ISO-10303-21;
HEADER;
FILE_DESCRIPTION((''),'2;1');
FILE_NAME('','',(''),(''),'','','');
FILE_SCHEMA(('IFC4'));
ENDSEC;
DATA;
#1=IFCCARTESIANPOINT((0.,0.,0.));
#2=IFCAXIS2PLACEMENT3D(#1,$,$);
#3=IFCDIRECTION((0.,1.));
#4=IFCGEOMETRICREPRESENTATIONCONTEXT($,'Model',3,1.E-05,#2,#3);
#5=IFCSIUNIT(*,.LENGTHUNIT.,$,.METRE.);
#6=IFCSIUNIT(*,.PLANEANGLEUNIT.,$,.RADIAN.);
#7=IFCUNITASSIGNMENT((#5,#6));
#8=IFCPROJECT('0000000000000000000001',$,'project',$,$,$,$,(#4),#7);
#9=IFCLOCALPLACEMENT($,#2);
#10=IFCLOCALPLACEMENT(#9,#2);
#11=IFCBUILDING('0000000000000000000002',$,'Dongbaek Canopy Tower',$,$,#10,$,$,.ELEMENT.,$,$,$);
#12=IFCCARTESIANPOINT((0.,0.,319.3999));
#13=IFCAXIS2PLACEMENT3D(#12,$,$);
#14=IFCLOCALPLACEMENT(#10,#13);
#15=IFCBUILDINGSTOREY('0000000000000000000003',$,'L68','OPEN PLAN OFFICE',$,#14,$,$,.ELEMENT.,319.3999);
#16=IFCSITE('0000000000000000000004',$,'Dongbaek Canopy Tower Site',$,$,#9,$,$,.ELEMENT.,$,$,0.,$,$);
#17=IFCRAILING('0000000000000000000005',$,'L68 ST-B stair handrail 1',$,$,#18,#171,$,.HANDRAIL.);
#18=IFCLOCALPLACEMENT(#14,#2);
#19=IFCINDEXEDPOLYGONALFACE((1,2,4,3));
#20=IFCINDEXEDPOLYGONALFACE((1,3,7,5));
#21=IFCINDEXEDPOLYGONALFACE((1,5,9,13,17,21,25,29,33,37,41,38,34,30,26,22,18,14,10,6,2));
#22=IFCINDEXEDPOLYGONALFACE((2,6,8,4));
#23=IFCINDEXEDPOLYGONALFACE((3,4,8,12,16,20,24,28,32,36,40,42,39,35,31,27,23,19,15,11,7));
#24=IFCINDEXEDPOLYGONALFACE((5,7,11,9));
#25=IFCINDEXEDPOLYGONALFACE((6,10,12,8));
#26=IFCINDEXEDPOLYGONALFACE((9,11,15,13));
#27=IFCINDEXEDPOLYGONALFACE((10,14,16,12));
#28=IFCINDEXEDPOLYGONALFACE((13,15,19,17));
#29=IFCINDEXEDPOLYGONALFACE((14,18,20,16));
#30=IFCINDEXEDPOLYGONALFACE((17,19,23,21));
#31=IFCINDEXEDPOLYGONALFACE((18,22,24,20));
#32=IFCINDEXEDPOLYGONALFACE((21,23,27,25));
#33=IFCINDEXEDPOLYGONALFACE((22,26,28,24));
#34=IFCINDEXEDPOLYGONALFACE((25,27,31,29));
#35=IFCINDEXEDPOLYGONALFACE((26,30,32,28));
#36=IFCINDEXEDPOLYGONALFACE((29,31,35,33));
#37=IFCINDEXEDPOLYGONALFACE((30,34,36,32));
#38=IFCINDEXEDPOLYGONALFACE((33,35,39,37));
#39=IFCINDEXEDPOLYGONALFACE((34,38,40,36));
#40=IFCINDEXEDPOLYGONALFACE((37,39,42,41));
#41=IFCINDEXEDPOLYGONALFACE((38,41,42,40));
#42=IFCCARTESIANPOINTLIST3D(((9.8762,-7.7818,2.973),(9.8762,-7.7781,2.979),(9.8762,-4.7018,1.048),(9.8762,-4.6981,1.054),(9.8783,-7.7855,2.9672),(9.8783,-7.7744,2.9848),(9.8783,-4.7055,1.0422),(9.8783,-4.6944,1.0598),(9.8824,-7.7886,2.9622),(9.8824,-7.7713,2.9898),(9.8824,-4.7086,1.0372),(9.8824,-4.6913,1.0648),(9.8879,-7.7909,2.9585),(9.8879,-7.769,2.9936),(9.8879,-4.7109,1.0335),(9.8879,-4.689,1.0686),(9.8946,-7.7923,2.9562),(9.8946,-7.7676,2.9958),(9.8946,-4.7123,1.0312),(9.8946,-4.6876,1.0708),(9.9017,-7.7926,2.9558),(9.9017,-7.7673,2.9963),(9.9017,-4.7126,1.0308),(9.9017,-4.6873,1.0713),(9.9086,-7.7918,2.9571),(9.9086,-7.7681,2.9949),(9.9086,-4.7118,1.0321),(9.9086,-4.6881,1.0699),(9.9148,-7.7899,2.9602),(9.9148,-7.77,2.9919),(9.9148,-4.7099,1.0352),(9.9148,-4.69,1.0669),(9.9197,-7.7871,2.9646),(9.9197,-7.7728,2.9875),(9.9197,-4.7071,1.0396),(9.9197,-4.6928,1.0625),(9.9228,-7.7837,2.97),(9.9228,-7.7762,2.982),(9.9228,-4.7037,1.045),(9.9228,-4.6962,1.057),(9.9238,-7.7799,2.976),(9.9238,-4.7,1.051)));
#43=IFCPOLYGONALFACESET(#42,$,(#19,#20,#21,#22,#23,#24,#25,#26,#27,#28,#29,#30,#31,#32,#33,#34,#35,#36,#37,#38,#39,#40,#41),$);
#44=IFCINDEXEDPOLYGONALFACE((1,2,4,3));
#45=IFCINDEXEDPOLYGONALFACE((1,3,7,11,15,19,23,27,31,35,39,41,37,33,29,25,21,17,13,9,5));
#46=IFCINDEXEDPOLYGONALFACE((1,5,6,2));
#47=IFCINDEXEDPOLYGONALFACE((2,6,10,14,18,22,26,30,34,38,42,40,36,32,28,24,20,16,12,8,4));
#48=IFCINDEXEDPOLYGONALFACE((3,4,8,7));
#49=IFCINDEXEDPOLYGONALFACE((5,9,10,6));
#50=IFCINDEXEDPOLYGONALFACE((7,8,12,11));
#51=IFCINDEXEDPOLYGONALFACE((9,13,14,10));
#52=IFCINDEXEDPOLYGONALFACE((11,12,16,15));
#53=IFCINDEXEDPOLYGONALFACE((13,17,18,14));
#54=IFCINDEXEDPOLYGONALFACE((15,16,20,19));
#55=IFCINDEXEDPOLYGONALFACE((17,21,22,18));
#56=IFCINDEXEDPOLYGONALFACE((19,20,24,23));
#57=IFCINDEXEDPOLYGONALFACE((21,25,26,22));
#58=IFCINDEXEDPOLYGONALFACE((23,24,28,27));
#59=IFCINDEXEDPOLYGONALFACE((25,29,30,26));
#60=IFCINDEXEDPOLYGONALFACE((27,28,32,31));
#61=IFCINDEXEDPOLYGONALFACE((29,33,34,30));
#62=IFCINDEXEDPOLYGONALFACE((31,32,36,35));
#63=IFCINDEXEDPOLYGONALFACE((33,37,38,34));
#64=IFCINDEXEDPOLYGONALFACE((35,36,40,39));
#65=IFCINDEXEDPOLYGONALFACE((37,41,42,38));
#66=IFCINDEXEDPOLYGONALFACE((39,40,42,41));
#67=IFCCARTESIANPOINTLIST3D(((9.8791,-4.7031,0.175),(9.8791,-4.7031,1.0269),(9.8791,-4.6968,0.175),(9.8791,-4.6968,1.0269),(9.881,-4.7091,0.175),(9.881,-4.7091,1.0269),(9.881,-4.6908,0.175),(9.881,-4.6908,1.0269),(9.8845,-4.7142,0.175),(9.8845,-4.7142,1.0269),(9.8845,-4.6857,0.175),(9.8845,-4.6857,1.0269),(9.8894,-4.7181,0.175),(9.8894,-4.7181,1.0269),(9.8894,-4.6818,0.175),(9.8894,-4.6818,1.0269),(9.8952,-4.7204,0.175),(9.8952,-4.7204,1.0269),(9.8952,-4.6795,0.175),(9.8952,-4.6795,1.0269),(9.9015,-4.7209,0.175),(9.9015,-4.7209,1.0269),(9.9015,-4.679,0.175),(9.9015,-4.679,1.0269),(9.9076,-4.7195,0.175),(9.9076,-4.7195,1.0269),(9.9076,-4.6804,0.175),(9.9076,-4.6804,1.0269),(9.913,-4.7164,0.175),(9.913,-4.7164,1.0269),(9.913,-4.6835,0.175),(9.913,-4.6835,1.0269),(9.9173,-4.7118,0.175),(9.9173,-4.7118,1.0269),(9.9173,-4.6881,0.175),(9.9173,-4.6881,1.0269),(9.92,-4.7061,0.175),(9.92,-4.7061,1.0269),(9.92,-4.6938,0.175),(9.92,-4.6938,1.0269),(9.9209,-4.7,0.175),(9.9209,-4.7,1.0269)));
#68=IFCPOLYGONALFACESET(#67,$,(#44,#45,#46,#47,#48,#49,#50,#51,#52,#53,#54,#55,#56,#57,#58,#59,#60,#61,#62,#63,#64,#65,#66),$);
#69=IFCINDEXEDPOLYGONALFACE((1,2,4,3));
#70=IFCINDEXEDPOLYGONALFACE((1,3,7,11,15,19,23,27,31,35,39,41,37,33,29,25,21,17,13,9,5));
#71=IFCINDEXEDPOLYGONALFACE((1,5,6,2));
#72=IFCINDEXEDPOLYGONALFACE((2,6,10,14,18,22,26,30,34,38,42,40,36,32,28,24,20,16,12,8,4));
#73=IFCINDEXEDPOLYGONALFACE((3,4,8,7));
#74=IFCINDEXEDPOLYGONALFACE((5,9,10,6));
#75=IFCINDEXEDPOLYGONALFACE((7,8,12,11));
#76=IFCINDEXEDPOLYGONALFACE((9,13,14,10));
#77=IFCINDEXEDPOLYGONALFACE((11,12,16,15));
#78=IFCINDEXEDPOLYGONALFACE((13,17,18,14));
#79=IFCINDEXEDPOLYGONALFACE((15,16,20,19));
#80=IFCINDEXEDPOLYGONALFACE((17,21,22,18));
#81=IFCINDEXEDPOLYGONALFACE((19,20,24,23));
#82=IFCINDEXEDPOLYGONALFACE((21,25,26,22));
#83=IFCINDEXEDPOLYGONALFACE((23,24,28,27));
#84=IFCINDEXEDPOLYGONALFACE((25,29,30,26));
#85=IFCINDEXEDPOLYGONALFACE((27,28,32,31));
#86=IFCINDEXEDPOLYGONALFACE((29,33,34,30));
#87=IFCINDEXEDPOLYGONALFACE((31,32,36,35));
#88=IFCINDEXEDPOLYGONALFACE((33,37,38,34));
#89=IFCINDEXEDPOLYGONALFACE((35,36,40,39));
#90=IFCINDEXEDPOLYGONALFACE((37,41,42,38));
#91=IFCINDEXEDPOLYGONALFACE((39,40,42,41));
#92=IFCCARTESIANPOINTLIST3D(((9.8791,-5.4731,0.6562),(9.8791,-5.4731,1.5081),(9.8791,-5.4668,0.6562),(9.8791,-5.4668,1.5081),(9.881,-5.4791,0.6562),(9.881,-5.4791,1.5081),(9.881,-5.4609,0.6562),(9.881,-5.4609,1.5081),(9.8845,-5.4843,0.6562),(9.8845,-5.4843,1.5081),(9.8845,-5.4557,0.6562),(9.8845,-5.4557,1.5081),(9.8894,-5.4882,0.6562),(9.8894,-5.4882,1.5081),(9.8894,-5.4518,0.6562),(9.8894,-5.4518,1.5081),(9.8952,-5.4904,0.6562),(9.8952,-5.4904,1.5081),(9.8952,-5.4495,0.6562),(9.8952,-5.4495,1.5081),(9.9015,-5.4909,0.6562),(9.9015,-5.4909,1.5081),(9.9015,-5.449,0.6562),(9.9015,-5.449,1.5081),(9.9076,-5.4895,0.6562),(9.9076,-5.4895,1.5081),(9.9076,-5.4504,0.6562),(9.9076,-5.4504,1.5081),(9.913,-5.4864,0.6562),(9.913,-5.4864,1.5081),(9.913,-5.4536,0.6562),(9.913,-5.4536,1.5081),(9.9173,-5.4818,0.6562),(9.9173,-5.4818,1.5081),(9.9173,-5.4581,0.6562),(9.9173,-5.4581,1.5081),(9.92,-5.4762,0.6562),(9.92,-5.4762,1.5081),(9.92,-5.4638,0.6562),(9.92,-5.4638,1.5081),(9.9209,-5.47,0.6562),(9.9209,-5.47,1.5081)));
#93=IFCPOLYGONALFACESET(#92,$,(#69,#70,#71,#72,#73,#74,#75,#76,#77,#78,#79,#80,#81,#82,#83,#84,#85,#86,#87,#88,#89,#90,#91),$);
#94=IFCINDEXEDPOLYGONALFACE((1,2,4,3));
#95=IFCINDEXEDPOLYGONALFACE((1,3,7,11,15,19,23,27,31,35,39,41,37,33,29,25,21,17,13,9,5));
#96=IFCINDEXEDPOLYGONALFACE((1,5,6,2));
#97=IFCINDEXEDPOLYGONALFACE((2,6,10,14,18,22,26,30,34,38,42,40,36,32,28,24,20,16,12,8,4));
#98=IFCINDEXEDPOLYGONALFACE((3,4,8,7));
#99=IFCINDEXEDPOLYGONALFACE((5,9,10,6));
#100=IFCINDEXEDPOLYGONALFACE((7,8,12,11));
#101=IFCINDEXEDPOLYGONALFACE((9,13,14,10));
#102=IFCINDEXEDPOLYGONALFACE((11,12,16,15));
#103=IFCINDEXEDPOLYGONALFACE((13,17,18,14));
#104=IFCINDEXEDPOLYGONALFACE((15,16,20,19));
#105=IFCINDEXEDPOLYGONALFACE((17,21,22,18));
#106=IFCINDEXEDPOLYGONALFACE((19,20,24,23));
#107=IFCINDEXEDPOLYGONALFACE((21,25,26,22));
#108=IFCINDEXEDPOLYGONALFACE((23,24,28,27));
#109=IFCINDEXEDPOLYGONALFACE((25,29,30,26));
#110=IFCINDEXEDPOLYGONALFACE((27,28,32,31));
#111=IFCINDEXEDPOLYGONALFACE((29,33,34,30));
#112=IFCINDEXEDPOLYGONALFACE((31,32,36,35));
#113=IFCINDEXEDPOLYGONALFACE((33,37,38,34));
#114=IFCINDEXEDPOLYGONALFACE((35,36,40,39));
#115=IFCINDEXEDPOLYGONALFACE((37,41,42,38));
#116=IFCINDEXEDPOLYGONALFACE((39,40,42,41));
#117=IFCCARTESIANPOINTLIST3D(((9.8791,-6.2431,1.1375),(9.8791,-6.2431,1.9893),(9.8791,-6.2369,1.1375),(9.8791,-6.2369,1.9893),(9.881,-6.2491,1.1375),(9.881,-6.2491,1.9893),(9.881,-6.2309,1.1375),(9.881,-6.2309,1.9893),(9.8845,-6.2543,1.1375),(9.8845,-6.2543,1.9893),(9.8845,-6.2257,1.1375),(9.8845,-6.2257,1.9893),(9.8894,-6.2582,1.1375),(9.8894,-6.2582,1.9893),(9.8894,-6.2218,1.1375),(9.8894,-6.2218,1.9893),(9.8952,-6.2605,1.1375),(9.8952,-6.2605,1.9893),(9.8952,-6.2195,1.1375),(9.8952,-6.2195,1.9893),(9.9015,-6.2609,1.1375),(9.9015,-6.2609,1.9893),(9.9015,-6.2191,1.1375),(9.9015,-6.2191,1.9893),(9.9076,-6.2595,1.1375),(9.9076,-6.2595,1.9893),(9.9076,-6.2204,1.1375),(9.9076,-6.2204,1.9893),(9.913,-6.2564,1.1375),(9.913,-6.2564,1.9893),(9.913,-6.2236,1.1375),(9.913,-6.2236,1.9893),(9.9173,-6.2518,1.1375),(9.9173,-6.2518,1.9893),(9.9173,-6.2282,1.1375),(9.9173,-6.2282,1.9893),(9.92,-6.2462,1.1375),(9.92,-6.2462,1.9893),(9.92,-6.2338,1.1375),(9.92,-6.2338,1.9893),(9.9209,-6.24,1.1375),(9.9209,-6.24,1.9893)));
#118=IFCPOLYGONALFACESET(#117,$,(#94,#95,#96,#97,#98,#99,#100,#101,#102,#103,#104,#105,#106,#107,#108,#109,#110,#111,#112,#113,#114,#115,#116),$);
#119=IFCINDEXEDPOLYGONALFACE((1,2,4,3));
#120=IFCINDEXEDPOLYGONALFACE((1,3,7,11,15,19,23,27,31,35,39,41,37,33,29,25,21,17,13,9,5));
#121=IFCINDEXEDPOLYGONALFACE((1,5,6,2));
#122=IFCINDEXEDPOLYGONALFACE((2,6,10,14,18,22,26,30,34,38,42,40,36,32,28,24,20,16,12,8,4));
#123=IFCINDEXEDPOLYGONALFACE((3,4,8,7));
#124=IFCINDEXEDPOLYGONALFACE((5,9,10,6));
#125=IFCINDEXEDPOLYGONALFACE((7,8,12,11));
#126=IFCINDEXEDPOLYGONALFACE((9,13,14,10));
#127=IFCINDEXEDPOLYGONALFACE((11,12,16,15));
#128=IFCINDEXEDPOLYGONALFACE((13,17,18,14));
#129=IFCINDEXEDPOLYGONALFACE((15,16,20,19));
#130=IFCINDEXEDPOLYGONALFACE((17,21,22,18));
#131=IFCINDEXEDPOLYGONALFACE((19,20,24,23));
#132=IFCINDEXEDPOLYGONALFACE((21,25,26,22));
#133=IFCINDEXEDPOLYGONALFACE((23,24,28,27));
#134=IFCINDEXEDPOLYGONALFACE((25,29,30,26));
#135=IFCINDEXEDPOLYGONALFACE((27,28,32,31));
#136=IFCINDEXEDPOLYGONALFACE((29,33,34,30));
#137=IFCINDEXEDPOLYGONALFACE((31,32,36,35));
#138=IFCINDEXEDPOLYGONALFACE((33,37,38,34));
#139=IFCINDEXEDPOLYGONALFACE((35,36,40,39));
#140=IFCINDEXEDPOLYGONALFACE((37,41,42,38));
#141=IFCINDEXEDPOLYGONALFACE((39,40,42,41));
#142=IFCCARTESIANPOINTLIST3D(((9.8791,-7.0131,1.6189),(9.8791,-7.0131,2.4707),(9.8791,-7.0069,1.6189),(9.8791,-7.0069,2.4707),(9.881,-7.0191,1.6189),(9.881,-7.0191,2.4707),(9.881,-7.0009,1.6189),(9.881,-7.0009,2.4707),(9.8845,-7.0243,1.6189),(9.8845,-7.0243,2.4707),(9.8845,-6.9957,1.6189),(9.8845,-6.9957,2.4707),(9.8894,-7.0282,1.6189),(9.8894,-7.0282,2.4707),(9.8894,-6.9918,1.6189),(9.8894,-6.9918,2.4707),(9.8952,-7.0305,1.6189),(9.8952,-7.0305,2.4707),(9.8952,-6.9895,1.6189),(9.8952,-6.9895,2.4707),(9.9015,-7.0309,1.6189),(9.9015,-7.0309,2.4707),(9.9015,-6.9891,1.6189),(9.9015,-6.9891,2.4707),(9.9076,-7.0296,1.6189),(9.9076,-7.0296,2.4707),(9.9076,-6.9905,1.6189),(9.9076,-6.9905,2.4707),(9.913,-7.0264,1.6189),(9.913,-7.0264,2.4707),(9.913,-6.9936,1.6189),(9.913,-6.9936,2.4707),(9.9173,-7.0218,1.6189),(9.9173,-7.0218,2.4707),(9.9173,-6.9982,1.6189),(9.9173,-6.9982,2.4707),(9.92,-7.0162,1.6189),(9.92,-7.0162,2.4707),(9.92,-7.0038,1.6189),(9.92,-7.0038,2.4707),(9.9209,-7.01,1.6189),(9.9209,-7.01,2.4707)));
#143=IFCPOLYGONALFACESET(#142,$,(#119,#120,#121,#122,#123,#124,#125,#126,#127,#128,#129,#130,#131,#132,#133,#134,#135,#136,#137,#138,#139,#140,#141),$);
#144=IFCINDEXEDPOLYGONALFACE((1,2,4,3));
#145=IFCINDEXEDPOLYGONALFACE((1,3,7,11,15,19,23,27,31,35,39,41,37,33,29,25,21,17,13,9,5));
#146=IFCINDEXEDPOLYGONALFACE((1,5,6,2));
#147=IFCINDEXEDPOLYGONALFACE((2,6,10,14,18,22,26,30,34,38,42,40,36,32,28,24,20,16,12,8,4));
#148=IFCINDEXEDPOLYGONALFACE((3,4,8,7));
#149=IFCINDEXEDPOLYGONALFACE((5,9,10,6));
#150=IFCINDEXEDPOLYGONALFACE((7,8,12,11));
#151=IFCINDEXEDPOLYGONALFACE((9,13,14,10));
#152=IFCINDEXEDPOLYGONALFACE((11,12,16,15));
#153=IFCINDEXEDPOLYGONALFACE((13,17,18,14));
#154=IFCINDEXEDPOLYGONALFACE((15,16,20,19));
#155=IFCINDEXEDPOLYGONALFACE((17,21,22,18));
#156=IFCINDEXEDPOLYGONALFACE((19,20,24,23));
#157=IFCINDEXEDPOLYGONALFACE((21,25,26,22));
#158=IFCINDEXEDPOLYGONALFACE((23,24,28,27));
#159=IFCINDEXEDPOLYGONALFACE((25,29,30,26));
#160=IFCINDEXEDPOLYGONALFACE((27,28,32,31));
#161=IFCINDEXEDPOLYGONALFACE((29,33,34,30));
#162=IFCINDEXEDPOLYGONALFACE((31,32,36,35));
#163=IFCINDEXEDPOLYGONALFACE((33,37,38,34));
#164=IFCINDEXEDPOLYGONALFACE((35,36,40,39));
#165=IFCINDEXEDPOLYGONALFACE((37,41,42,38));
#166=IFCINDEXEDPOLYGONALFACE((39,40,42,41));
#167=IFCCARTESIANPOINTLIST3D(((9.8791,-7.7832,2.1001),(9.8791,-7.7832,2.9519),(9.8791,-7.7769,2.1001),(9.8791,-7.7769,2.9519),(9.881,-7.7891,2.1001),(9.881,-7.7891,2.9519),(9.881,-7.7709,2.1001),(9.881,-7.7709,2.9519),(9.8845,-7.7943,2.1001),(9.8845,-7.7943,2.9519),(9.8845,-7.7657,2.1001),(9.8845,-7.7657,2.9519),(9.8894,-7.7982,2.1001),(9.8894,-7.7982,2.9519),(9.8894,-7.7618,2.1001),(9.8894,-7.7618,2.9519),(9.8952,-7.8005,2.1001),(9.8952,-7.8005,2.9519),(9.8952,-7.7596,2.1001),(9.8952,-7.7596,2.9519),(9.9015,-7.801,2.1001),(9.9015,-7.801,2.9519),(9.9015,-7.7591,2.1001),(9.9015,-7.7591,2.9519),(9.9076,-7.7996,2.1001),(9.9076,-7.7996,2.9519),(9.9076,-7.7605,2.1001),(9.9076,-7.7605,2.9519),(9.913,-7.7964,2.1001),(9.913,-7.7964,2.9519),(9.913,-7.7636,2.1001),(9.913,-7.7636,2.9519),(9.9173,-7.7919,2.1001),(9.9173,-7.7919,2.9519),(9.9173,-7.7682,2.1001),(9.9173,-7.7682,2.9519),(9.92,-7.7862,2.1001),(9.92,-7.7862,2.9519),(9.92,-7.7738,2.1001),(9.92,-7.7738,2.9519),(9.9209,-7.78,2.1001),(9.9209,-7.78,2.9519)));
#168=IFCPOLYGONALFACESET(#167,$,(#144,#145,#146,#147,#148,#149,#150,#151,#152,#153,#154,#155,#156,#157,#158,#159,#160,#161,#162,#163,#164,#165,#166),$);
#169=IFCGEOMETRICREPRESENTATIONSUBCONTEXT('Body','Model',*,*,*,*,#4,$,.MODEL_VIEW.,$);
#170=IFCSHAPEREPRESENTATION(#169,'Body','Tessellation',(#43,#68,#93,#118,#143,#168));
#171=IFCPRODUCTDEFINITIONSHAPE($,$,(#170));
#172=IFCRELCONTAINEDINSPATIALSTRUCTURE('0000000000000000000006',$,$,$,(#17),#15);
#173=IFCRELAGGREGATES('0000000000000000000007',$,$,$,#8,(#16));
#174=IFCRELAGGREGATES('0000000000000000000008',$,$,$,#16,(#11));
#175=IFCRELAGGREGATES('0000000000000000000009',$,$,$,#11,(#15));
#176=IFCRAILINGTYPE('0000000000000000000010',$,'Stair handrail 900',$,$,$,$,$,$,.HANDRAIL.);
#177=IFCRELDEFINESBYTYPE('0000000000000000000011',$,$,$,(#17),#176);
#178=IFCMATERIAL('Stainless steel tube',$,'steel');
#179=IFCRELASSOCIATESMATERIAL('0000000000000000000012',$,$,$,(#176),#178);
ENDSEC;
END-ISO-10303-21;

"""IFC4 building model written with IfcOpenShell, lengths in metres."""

from ifc_helpers import new_model, si_unit, direction, frame, origin, origin_2d, place, context, subcontext, project, spatial, circle, extrude, material, type_object, element, save


model = new_model("IFC4")

# Units and contexts
model_context = context("Model", 3, precision=1e-05, world=origin(), true_north=direction((0.0, 1.0)))
body_context = subcontext(model_context, "Body", "Model", "MODEL_VIEW")
ifc_project = project(units=[si_unit("LENGTHUNIT", "METRE"), si_unit("PLANEANGLEUNIT", "RADIAN")], contexts=[model_context])

# Site, building, storey
site_placement = place(None, origin())
site = spatial("IfcSite", under=ifc_project, at=site_placement, Name="Dongbaek Canopy Tower Site", CompositionType="ELEMENT", RefElevation=0.0)
building_placement = place(site_placement, origin())
building = spatial("IfcBuilding", under=site, at=building_placement, Name="Dongbaek Canopy Tower", CompositionType="ELEMENT")
storey_placement = place(building_placement, frame((0.0, 0.0, 319.3999)))
storey = spatial("IfcBuildingStorey", under=building, at=storey_placement, Name="L68", Description="OPEN PLAN OFFICE", CompositionType="ELEMENT", Elevation=319.3999)

# Railing
ifc_material_1 = material(Name="Stainless steel tube", Category="steel")
railing_type_1 = type_object("IfcRailingType", Name="Stair handrail 900", PredefinedType="HANDRAIL", material=ifc_material_1)
railing_1_placement = place(storey_placement, frame((9.8999, -4.7, 0.175)))
element("IfcRailing", 1, at=railing_1_placement, inside=storey, type_object=railing_type_1, Name="L68 ST-B stair handrail 1", PredefinedType="HANDRAIL", context=body_context, shape_type="SweptSolid", body=[
    extrude(circle(Radius=0.0239, at=origin_2d()), frame((0.0, 0.0, 0.876), z_axis=(0.0, -0.847998, 0.529999), x_axis=(1.0, 0.0, 0.0)), (0.0, 0.0, 1.0), 3.6321),
    extrude(circle(Radius=0.021, at=origin_2d()), origin(), (0.0, 0.0, 1.0), 0.8518),
    extrude(circle(Radius=0.021, at=origin_2d()), frame((0.0, -0.77, 0.4812)), (0.0, 0.0, 1.0), 0.8518),
    extrude(circle(Radius=0.021, at=origin_2d()), frame((0.0, -1.54, 0.9624)), (0.0, 0.0, 1.0), 0.8518),
    extrude(circle(Radius=0.021, at=origin_2d()), frame((0.0, -2.3101, 1.4438)), (0.0, 0.0, 1.0), 0.8518),
    extrude(circle(Radius=0.021, at=origin_2d()), frame((0.0, -3.0801, 1.925)), (0.0, 0.0, 1.0), 0.8518),
])

save(model, "model.ifc")
